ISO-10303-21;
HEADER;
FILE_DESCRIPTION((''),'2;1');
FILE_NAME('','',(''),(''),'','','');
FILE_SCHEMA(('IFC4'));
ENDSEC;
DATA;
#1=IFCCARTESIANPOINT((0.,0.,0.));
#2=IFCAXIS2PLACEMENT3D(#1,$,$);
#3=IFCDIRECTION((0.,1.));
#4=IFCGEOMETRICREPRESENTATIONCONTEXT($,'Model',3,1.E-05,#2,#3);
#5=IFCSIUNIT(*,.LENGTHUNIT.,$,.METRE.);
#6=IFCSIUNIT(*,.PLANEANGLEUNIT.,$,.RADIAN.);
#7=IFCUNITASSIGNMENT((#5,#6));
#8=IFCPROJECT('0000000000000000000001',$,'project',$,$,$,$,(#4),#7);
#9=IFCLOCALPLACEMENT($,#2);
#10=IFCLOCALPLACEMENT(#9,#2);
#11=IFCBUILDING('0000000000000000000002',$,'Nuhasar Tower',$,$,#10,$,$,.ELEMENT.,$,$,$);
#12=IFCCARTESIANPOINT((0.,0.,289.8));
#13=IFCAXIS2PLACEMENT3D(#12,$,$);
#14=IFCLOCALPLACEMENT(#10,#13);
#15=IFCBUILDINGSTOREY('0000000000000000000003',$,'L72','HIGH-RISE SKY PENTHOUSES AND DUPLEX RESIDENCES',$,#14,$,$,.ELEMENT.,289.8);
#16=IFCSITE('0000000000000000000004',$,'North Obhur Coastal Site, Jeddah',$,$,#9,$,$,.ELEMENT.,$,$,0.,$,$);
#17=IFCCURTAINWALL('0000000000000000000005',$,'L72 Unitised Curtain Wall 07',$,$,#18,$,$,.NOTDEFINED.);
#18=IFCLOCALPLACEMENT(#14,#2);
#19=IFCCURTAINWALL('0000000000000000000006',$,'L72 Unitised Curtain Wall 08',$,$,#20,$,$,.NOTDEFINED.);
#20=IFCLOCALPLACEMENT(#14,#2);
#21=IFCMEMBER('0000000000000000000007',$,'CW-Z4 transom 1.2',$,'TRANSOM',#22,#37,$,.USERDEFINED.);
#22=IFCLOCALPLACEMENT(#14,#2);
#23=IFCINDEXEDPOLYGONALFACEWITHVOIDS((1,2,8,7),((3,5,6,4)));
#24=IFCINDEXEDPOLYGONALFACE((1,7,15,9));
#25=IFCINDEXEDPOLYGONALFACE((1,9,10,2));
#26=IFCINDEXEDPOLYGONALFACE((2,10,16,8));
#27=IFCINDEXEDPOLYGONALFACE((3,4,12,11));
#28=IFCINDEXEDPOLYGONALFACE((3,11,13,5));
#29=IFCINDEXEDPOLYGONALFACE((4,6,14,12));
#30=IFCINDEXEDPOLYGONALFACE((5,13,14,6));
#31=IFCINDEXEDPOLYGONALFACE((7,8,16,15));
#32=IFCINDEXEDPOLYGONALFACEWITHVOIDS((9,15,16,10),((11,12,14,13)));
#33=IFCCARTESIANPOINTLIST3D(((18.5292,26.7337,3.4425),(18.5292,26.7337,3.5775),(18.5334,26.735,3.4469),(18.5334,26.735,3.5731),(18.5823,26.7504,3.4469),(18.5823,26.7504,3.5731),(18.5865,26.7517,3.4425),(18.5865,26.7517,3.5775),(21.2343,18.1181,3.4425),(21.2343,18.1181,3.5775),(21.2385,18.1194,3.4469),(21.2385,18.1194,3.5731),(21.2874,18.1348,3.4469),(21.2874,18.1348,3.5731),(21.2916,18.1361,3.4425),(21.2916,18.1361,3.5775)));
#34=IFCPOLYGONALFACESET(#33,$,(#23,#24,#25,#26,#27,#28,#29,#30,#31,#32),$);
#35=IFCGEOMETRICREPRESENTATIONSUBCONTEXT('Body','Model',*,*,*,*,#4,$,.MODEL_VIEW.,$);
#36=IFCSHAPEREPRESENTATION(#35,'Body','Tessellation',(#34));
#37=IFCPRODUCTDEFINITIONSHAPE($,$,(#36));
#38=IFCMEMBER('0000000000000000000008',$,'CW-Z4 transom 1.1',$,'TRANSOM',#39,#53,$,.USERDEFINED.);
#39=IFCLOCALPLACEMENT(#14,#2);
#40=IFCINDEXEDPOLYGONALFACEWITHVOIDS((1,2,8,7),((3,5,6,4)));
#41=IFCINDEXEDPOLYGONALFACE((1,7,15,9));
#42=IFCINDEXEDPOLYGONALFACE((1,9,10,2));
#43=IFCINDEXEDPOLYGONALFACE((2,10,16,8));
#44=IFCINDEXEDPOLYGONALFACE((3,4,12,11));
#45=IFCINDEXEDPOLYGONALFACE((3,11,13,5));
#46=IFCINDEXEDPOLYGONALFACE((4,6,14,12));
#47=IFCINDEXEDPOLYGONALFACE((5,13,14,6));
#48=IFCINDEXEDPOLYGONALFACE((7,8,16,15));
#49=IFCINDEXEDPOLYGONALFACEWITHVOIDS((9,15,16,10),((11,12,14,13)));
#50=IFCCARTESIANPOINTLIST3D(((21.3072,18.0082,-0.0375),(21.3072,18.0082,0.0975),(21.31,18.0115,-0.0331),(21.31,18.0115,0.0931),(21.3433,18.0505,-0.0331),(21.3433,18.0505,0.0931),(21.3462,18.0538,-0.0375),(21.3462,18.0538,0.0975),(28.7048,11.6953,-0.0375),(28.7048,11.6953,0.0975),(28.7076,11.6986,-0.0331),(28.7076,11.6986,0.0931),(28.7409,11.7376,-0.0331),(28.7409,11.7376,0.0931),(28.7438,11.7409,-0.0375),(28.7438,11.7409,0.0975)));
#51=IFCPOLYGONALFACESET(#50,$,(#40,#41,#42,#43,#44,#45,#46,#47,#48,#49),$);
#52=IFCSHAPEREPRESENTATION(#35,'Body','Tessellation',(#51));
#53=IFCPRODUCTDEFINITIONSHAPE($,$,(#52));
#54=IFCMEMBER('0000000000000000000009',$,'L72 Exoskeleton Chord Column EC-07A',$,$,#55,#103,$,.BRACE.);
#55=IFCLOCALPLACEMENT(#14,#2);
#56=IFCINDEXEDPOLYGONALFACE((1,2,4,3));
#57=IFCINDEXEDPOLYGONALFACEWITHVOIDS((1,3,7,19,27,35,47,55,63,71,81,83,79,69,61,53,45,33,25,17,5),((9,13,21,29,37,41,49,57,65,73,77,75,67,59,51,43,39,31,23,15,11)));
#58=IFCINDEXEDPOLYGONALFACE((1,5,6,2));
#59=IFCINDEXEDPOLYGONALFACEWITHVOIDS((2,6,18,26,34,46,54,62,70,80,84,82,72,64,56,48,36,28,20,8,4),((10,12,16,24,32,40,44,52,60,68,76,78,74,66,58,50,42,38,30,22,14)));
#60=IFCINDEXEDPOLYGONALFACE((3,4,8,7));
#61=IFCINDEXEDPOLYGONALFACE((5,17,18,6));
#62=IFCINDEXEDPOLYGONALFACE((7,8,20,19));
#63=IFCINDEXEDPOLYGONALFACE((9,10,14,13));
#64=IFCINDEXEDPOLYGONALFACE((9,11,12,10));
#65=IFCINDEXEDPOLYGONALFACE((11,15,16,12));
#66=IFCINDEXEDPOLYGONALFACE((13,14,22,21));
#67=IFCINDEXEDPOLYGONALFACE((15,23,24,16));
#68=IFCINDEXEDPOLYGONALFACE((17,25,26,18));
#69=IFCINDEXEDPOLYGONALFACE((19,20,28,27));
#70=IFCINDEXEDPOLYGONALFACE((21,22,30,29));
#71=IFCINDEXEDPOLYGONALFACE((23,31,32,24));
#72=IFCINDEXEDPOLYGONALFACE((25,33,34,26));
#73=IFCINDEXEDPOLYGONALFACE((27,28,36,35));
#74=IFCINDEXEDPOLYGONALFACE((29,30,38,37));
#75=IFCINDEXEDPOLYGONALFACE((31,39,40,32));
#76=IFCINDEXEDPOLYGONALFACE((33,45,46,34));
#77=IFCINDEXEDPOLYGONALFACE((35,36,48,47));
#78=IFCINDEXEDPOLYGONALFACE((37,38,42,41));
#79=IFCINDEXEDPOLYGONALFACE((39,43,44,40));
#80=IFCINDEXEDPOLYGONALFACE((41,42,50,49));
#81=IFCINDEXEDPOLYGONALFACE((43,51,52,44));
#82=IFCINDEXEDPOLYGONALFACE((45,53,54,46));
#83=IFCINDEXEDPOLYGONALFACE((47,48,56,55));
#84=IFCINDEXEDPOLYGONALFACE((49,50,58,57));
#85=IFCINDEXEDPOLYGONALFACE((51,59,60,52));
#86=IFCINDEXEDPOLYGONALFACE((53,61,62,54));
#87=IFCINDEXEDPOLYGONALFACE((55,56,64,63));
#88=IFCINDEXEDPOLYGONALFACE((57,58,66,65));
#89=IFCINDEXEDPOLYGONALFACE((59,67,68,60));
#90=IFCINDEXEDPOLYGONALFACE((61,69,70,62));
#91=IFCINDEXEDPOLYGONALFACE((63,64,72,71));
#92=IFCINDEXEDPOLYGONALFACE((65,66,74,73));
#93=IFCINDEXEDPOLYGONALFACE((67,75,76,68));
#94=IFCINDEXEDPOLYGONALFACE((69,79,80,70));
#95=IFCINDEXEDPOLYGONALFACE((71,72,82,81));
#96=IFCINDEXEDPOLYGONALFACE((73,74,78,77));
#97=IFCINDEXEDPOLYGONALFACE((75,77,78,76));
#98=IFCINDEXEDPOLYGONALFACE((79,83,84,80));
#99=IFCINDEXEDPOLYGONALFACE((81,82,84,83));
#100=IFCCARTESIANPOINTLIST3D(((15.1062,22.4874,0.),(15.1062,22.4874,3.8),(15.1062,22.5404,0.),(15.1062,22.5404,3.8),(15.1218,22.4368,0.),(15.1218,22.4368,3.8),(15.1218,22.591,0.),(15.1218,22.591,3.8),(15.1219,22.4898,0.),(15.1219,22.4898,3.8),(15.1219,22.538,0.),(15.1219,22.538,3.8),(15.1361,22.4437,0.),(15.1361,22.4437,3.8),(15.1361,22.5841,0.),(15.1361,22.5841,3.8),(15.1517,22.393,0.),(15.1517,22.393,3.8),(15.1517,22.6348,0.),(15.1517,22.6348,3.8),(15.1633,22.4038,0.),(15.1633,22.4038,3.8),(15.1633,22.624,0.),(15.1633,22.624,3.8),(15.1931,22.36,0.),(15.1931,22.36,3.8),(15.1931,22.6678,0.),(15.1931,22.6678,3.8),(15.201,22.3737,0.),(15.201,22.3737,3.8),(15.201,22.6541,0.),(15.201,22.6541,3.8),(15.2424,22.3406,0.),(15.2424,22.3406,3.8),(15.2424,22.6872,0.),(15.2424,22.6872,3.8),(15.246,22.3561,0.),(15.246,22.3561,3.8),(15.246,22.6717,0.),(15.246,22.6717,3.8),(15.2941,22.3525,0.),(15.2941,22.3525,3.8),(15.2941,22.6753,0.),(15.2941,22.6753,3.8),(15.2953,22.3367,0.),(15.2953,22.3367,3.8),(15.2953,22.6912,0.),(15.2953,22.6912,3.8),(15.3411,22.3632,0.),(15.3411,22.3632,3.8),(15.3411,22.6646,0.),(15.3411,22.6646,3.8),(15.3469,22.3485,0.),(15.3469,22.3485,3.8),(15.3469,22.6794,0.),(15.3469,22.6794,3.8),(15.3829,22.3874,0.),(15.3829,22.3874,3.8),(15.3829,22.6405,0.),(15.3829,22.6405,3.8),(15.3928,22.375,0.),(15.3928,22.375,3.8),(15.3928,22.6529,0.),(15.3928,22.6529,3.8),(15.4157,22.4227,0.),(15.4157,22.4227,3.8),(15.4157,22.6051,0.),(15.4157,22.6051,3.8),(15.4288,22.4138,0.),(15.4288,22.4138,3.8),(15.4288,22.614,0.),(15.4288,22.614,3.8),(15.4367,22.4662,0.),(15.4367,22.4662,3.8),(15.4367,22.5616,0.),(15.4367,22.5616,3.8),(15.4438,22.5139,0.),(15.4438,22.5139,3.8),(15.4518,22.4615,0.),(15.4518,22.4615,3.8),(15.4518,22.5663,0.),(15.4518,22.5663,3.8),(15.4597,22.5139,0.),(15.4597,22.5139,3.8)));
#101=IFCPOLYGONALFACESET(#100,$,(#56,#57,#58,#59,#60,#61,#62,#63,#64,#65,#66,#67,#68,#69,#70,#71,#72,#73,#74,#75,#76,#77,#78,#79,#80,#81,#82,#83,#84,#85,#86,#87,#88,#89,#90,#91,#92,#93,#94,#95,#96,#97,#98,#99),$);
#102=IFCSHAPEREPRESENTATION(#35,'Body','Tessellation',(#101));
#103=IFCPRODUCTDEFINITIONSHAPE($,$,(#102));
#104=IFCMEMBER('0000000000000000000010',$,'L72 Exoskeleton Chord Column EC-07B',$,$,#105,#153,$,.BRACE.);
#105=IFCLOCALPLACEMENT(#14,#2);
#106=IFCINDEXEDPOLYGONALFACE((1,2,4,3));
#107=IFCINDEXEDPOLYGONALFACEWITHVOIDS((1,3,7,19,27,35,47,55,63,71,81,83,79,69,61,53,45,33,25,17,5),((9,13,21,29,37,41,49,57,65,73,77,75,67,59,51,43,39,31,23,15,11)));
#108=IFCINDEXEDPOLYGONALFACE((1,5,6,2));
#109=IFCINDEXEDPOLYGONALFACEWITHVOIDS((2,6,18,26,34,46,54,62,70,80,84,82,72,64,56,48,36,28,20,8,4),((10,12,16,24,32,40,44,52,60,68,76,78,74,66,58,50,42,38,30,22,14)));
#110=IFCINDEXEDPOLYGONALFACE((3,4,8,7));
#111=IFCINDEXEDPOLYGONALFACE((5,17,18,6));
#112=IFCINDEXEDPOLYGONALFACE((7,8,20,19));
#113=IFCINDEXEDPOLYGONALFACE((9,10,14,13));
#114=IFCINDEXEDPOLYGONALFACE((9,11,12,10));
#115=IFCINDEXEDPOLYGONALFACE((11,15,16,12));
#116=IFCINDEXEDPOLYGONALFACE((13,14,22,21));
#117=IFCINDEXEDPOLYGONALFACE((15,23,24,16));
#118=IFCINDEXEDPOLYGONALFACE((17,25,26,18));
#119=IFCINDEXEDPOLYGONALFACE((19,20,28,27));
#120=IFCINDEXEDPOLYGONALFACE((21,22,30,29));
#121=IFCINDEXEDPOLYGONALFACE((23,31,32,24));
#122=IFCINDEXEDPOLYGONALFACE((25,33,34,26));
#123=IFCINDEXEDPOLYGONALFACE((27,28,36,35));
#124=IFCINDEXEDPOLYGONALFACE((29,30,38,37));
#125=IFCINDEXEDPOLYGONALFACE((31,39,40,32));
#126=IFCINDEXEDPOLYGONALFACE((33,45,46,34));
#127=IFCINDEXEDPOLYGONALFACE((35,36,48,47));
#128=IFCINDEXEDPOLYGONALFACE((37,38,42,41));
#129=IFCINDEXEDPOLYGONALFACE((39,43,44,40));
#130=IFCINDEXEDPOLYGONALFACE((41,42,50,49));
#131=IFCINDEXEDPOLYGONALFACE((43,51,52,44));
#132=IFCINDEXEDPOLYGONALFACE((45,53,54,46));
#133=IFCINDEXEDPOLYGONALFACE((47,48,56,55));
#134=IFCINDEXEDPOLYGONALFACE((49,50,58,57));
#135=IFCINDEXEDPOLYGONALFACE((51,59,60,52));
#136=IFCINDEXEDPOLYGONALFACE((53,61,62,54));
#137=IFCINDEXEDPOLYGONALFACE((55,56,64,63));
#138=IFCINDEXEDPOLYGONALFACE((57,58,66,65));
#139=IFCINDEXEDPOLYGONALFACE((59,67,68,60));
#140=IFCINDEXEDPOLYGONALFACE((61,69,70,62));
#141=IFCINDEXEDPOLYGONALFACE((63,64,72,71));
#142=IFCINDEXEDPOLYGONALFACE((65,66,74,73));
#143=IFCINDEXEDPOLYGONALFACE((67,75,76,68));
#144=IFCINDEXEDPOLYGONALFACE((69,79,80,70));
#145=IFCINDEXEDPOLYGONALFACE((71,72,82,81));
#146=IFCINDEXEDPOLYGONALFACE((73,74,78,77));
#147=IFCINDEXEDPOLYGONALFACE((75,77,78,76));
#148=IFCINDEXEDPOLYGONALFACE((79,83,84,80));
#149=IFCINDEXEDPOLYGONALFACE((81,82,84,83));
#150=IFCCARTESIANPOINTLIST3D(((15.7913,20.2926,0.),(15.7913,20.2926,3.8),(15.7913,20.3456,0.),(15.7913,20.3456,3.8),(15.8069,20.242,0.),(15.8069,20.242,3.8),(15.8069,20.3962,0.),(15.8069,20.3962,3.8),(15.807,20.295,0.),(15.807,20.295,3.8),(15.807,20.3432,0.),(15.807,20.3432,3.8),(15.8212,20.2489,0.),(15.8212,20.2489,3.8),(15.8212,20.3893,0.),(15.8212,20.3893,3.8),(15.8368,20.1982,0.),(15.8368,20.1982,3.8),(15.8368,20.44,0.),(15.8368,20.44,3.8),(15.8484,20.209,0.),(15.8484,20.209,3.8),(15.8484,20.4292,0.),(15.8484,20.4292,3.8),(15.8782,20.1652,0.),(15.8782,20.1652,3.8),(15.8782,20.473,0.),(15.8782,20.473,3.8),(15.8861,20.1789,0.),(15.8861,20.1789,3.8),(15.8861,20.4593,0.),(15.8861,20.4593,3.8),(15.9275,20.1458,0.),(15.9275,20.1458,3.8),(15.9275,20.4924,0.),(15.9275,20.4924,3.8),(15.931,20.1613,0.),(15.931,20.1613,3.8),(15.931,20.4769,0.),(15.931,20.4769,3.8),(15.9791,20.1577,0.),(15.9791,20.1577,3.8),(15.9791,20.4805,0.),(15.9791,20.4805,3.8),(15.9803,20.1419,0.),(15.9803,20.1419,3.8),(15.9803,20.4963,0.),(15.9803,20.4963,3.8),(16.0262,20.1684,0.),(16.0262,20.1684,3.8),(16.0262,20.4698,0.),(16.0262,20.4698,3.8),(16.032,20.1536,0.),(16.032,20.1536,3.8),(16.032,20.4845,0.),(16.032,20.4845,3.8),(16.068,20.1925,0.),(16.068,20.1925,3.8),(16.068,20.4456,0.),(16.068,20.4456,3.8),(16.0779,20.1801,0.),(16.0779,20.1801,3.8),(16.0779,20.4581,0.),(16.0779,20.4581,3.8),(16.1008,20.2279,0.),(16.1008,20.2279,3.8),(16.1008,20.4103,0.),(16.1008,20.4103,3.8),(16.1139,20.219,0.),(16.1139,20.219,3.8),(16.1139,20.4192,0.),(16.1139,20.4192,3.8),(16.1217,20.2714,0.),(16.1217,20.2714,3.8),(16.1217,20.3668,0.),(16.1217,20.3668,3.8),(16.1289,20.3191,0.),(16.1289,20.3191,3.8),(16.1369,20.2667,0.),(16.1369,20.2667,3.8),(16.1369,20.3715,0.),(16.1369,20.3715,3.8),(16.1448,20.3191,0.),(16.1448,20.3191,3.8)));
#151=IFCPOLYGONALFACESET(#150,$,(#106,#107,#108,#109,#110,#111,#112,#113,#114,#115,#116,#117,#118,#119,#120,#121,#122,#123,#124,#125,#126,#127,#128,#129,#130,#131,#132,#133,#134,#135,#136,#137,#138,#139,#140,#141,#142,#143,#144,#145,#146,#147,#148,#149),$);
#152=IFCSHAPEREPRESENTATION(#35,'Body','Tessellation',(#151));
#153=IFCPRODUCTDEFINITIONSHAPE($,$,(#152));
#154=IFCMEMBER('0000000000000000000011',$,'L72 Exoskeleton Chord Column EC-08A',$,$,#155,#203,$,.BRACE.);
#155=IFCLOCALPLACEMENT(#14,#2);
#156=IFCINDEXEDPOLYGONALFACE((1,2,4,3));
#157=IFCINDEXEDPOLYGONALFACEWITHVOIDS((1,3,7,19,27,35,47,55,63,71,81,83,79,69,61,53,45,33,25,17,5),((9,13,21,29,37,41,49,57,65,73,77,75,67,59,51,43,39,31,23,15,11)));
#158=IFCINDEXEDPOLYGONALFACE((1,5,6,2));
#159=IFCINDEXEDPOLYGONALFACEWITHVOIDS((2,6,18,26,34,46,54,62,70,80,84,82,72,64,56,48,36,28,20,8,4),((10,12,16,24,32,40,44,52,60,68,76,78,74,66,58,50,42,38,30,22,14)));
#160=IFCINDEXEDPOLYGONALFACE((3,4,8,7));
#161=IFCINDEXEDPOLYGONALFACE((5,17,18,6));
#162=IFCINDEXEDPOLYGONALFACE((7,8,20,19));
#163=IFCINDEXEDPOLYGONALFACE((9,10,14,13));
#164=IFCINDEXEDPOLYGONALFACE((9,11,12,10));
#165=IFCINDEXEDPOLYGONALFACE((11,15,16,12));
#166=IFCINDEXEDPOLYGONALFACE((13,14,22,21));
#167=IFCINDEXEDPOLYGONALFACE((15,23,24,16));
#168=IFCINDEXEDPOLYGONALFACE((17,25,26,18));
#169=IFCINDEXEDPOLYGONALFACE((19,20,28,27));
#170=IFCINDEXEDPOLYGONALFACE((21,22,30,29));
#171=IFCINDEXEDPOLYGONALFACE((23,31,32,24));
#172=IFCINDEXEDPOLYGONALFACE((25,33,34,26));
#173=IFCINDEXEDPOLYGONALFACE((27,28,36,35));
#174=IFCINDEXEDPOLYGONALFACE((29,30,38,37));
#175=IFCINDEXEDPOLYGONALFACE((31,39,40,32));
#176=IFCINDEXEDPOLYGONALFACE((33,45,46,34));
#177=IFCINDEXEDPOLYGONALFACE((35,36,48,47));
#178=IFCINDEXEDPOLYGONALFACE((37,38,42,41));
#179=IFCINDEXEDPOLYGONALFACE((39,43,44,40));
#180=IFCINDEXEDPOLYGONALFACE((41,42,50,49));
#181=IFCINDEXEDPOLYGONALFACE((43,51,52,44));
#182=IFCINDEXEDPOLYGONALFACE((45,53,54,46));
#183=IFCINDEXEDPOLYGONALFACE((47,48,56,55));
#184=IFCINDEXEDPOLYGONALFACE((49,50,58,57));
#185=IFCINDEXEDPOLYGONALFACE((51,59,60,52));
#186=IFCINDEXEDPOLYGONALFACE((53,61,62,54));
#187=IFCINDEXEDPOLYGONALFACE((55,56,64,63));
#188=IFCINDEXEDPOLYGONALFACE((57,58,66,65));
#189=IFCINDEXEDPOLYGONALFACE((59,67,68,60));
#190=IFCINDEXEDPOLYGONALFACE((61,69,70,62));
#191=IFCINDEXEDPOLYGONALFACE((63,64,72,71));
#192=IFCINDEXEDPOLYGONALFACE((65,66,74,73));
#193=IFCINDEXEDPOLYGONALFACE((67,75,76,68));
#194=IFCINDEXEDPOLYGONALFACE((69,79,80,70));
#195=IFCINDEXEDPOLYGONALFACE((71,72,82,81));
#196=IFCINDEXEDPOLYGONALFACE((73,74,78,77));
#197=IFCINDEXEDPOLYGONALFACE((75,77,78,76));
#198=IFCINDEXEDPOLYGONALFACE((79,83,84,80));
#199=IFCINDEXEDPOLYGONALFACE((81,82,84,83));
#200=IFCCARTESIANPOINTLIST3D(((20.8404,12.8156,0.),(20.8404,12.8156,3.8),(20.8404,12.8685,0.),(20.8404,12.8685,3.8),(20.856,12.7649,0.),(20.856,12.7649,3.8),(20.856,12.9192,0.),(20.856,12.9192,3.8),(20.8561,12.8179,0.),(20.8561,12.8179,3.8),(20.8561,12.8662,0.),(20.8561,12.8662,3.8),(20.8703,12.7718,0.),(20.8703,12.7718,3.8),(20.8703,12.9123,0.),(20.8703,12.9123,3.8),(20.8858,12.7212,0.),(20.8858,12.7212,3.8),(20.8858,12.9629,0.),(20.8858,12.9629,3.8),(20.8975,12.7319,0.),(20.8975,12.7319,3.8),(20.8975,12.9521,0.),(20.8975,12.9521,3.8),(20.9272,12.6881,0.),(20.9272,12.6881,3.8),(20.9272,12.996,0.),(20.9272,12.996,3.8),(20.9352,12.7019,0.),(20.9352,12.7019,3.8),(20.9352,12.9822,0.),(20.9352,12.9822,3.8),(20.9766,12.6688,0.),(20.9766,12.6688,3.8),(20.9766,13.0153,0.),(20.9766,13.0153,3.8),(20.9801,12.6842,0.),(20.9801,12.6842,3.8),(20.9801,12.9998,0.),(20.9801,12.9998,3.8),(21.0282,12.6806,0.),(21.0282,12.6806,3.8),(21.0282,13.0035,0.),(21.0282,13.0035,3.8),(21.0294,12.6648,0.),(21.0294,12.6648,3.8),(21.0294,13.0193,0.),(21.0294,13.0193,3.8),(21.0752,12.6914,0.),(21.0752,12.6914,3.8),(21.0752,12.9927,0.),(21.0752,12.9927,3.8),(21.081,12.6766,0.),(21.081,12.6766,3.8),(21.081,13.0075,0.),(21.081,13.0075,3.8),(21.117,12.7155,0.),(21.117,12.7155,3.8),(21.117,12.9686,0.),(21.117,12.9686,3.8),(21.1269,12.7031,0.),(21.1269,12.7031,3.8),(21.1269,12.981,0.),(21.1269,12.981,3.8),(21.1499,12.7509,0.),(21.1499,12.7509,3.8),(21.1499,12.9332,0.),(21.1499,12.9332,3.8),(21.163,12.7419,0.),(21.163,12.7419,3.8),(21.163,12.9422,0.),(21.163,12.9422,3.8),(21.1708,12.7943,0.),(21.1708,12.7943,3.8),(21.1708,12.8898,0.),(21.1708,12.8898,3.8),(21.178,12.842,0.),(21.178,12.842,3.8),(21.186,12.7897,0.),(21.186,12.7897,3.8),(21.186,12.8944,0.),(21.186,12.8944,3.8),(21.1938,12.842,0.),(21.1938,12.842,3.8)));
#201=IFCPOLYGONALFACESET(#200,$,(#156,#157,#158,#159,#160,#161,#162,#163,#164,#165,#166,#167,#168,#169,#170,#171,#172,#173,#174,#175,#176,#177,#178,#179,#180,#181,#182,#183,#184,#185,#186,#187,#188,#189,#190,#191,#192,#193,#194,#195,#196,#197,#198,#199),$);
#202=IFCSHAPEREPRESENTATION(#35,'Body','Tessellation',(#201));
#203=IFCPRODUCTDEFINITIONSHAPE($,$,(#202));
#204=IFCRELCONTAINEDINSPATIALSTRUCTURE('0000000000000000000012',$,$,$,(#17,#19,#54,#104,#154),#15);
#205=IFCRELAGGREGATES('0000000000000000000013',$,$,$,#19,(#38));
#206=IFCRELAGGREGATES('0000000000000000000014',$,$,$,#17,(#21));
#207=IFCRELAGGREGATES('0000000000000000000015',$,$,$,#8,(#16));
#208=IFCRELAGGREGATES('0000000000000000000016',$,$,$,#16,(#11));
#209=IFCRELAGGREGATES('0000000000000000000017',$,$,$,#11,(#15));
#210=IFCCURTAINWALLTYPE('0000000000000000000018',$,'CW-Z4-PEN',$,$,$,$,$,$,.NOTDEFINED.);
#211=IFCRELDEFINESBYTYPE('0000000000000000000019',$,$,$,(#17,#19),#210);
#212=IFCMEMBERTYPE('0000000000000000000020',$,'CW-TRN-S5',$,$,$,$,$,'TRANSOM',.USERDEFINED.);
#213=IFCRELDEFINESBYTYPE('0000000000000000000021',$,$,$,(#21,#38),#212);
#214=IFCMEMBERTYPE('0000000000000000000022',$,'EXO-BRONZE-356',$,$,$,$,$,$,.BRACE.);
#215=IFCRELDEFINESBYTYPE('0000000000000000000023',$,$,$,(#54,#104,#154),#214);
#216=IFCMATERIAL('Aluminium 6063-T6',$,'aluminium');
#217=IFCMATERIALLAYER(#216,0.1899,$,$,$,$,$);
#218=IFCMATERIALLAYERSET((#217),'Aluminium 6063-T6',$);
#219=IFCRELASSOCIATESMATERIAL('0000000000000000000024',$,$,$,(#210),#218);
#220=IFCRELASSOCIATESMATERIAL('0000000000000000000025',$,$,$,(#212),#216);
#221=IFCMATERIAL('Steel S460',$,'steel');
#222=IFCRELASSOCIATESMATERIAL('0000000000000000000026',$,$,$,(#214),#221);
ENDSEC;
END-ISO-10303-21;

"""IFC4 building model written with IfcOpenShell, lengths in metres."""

from ifc_helpers import new_model, si_unit, direction, frame, origin, origin_2d, place, context, subcontext, project, spatial, hollow_rectangle, hollow_circle, extrude, material, layer, layer_set, material_profile, profile_set, type_object, element, aggregate, save


model = new_model("IFC4")

# Units and contexts
model_context = context("Model", 3, precision=1e-05, world=origin(), true_north=direction((0.0, 1.0)))
body_context = subcontext(model_context, "Body", "Model", "MODEL_VIEW")
ifc_project = project(units=[si_unit("LENGTHUNIT", "METRE"), si_unit("PLANEANGLEUNIT", "RADIAN")], contexts=[model_context])

# Site, building, storey
site_placement = place(None, origin())
site = spatial("IfcSite", under=ifc_project, at=site_placement, Name="North Obhur Coastal Site, Jeddah", CompositionType="ELEMENT", RefElevation=0.0)
building_placement = place(site_placement, origin())
building = spatial("IfcBuilding", under=site, at=building_placement, Name="Nuhasar Tower", CompositionType="ELEMENT")
storey_placement = place(building_placement, frame((0.0, 0.0, 289.8)))
storey = spatial("IfcBuildingStorey", under=building, at=storey_placement, Name="L72", Description="HIGH-RISE SKY PENTHOUSES AND DUPLEX RESIDENCES", CompositionType="ELEMENT", Elevation=289.8)

# Curtain wall
ifc_material_1 = material(Name="Aluminium 6063-T6", Category="aluminium")
ifc_layer_1 = layer(ifc_material_1, 0.1899)
ifc_layer_set_1 = layer_set([ifc_layer_1], Name="Aluminium 6063-T6")
curtain_wall_type = type_object("IfcCurtainWallType", Name="CW-Z4-PEN", PredefinedType="NOTDEFINED", material=ifc_layer_set_1)
curtain_wall_1_placement = place(storey_placement, origin())
curtain_wall_1 = element("IfcCurtainWall", 1, at=curtain_wall_1_placement, inside=storey, type_object=curtain_wall_type, Name="L72 Unitised Curtain Wall 07", PredefinedType="NOTDEFINED")

# Curtain wall
curtain_wall_2_placement = place(storey_placement, origin())
curtain_wall_2 = element("IfcCurtainWall", 2, at=curtain_wall_2_placement, inside=storey, type_object=curtain_wall_type, Name="L72 Unitised Curtain Wall 08", PredefinedType="NOTDEFINED")

# Members
ifc_material_profile_1 = material_profile(ifc_material_1, hollow_rectangle(XDim=0.0601, YDim=0.135, WallThickness=0.0044, at=origin_2d()), Name="CWT-5")
ifc_profile_set_1 = profile_set([ifc_material_profile_1], Name="Aluminium 6063-T6")
member_type_1 = type_object("IfcMemberType", Name="CW-TRN-S5", ElementType="TRANSOM", PredefinedType="USERDEFINED", material=ifc_profile_set_1)
member_1_placement = place(storey_placement, frame((18.5579, 26.7427, 3.51), z_axis=(0.29956, -0.954077, 0.0), x_axis=(0.954077, 0.29956, 0.0)))
member_1 = element("IfcMember", 3, at=member_1_placement, type_object=member_type_1, Name="CW-Z4 transom 1.2", ObjectType="TRANSOM", PredefinedType="USERDEFINED", context=body_context, shape_type="SweptSolid", body=[
    extrude(hollow_rectangle(XDim=0.0601, YDim=0.135, WallThickness=0.0044, at=origin_2d()), origin(), (0.0, 0.0, 1.0), 9.0303),
])
member_2_placement = place(storey_placement, frame((21.3267, 18.031, 0.03), z_axis=(0.760672, -0.649136, 0.0), x_axis=(0.649136, 0.760672, 0.0)))
member_2 = element("IfcMember", 4, at=member_2_placement, type_object=member_type_1, Name="CW-Z4 transom 1.1", ObjectType="TRANSOM", PredefinedType="USERDEFINED", context=body_context, shape_type="SweptSolid", body=[
    extrude(hollow_rectangle(XDim=0.0601, YDim=0.135, WallThickness=0.0044, at=origin_2d()), origin(), (0.0, 0.0, 1.0), 9.7251),
])
aggregate(curtain_wall_2, [member_2])

# Members
ifc_material_2 = material(Name="Steel S460", Category="steel")
ifc_material_profile_2 = material_profile(ifc_material_2, hollow_circle(Radius=0.1777, WallThickness=0.0159, at=origin_2d()), Name="HSS355.6X15.9")
ifc_profile_set_2 = profile_set([ifc_material_profile_2], Name="Steel S460")
member_type_2 = type_object("IfcMemberType", Name="EXO-BRONZE-356", PredefinedType="BRACE", material=ifc_profile_set_2)
for number, where, z_axis, x_axis, name in (
    (5, (15.282, 22.5139, 0.0), (0.0, 0.0, 1.0), (1.0, 0.0, 0.0), "L72 Exoskeleton Chord Column EC-07A"),
    (6, (15.967, 20.3191, 0.0), (0.0, 0.0, 1.0), (1.0, 0.0, 0.0), "L72 Exoskeleton Chord Column EC-07B"),
    (7, (21.0161, 12.842, 0.0), (0.0, 0.0, 1.0), (1.0, 0.0, 0.0), "L72 Exoskeleton Chord Column EC-08A"),
):
    element("IfcMember", number, at=place(storey_placement, frame(where, z_axis=z_axis, x_axis=x_axis)), inside=storey, type_object=member_type_2, Name=name, PredefinedType="BRACE", context=body_context, shape_type="SweptSolid", body=[
        extrude(hollow_circle(Radius=0.1777, WallThickness=0.0159, at=origin_2d()), origin(), (0.0, 0.0, 1.0), 3.8),
    ])

aggregate(curtain_wall_1, [member_1])

save(model, "model.ifc")
